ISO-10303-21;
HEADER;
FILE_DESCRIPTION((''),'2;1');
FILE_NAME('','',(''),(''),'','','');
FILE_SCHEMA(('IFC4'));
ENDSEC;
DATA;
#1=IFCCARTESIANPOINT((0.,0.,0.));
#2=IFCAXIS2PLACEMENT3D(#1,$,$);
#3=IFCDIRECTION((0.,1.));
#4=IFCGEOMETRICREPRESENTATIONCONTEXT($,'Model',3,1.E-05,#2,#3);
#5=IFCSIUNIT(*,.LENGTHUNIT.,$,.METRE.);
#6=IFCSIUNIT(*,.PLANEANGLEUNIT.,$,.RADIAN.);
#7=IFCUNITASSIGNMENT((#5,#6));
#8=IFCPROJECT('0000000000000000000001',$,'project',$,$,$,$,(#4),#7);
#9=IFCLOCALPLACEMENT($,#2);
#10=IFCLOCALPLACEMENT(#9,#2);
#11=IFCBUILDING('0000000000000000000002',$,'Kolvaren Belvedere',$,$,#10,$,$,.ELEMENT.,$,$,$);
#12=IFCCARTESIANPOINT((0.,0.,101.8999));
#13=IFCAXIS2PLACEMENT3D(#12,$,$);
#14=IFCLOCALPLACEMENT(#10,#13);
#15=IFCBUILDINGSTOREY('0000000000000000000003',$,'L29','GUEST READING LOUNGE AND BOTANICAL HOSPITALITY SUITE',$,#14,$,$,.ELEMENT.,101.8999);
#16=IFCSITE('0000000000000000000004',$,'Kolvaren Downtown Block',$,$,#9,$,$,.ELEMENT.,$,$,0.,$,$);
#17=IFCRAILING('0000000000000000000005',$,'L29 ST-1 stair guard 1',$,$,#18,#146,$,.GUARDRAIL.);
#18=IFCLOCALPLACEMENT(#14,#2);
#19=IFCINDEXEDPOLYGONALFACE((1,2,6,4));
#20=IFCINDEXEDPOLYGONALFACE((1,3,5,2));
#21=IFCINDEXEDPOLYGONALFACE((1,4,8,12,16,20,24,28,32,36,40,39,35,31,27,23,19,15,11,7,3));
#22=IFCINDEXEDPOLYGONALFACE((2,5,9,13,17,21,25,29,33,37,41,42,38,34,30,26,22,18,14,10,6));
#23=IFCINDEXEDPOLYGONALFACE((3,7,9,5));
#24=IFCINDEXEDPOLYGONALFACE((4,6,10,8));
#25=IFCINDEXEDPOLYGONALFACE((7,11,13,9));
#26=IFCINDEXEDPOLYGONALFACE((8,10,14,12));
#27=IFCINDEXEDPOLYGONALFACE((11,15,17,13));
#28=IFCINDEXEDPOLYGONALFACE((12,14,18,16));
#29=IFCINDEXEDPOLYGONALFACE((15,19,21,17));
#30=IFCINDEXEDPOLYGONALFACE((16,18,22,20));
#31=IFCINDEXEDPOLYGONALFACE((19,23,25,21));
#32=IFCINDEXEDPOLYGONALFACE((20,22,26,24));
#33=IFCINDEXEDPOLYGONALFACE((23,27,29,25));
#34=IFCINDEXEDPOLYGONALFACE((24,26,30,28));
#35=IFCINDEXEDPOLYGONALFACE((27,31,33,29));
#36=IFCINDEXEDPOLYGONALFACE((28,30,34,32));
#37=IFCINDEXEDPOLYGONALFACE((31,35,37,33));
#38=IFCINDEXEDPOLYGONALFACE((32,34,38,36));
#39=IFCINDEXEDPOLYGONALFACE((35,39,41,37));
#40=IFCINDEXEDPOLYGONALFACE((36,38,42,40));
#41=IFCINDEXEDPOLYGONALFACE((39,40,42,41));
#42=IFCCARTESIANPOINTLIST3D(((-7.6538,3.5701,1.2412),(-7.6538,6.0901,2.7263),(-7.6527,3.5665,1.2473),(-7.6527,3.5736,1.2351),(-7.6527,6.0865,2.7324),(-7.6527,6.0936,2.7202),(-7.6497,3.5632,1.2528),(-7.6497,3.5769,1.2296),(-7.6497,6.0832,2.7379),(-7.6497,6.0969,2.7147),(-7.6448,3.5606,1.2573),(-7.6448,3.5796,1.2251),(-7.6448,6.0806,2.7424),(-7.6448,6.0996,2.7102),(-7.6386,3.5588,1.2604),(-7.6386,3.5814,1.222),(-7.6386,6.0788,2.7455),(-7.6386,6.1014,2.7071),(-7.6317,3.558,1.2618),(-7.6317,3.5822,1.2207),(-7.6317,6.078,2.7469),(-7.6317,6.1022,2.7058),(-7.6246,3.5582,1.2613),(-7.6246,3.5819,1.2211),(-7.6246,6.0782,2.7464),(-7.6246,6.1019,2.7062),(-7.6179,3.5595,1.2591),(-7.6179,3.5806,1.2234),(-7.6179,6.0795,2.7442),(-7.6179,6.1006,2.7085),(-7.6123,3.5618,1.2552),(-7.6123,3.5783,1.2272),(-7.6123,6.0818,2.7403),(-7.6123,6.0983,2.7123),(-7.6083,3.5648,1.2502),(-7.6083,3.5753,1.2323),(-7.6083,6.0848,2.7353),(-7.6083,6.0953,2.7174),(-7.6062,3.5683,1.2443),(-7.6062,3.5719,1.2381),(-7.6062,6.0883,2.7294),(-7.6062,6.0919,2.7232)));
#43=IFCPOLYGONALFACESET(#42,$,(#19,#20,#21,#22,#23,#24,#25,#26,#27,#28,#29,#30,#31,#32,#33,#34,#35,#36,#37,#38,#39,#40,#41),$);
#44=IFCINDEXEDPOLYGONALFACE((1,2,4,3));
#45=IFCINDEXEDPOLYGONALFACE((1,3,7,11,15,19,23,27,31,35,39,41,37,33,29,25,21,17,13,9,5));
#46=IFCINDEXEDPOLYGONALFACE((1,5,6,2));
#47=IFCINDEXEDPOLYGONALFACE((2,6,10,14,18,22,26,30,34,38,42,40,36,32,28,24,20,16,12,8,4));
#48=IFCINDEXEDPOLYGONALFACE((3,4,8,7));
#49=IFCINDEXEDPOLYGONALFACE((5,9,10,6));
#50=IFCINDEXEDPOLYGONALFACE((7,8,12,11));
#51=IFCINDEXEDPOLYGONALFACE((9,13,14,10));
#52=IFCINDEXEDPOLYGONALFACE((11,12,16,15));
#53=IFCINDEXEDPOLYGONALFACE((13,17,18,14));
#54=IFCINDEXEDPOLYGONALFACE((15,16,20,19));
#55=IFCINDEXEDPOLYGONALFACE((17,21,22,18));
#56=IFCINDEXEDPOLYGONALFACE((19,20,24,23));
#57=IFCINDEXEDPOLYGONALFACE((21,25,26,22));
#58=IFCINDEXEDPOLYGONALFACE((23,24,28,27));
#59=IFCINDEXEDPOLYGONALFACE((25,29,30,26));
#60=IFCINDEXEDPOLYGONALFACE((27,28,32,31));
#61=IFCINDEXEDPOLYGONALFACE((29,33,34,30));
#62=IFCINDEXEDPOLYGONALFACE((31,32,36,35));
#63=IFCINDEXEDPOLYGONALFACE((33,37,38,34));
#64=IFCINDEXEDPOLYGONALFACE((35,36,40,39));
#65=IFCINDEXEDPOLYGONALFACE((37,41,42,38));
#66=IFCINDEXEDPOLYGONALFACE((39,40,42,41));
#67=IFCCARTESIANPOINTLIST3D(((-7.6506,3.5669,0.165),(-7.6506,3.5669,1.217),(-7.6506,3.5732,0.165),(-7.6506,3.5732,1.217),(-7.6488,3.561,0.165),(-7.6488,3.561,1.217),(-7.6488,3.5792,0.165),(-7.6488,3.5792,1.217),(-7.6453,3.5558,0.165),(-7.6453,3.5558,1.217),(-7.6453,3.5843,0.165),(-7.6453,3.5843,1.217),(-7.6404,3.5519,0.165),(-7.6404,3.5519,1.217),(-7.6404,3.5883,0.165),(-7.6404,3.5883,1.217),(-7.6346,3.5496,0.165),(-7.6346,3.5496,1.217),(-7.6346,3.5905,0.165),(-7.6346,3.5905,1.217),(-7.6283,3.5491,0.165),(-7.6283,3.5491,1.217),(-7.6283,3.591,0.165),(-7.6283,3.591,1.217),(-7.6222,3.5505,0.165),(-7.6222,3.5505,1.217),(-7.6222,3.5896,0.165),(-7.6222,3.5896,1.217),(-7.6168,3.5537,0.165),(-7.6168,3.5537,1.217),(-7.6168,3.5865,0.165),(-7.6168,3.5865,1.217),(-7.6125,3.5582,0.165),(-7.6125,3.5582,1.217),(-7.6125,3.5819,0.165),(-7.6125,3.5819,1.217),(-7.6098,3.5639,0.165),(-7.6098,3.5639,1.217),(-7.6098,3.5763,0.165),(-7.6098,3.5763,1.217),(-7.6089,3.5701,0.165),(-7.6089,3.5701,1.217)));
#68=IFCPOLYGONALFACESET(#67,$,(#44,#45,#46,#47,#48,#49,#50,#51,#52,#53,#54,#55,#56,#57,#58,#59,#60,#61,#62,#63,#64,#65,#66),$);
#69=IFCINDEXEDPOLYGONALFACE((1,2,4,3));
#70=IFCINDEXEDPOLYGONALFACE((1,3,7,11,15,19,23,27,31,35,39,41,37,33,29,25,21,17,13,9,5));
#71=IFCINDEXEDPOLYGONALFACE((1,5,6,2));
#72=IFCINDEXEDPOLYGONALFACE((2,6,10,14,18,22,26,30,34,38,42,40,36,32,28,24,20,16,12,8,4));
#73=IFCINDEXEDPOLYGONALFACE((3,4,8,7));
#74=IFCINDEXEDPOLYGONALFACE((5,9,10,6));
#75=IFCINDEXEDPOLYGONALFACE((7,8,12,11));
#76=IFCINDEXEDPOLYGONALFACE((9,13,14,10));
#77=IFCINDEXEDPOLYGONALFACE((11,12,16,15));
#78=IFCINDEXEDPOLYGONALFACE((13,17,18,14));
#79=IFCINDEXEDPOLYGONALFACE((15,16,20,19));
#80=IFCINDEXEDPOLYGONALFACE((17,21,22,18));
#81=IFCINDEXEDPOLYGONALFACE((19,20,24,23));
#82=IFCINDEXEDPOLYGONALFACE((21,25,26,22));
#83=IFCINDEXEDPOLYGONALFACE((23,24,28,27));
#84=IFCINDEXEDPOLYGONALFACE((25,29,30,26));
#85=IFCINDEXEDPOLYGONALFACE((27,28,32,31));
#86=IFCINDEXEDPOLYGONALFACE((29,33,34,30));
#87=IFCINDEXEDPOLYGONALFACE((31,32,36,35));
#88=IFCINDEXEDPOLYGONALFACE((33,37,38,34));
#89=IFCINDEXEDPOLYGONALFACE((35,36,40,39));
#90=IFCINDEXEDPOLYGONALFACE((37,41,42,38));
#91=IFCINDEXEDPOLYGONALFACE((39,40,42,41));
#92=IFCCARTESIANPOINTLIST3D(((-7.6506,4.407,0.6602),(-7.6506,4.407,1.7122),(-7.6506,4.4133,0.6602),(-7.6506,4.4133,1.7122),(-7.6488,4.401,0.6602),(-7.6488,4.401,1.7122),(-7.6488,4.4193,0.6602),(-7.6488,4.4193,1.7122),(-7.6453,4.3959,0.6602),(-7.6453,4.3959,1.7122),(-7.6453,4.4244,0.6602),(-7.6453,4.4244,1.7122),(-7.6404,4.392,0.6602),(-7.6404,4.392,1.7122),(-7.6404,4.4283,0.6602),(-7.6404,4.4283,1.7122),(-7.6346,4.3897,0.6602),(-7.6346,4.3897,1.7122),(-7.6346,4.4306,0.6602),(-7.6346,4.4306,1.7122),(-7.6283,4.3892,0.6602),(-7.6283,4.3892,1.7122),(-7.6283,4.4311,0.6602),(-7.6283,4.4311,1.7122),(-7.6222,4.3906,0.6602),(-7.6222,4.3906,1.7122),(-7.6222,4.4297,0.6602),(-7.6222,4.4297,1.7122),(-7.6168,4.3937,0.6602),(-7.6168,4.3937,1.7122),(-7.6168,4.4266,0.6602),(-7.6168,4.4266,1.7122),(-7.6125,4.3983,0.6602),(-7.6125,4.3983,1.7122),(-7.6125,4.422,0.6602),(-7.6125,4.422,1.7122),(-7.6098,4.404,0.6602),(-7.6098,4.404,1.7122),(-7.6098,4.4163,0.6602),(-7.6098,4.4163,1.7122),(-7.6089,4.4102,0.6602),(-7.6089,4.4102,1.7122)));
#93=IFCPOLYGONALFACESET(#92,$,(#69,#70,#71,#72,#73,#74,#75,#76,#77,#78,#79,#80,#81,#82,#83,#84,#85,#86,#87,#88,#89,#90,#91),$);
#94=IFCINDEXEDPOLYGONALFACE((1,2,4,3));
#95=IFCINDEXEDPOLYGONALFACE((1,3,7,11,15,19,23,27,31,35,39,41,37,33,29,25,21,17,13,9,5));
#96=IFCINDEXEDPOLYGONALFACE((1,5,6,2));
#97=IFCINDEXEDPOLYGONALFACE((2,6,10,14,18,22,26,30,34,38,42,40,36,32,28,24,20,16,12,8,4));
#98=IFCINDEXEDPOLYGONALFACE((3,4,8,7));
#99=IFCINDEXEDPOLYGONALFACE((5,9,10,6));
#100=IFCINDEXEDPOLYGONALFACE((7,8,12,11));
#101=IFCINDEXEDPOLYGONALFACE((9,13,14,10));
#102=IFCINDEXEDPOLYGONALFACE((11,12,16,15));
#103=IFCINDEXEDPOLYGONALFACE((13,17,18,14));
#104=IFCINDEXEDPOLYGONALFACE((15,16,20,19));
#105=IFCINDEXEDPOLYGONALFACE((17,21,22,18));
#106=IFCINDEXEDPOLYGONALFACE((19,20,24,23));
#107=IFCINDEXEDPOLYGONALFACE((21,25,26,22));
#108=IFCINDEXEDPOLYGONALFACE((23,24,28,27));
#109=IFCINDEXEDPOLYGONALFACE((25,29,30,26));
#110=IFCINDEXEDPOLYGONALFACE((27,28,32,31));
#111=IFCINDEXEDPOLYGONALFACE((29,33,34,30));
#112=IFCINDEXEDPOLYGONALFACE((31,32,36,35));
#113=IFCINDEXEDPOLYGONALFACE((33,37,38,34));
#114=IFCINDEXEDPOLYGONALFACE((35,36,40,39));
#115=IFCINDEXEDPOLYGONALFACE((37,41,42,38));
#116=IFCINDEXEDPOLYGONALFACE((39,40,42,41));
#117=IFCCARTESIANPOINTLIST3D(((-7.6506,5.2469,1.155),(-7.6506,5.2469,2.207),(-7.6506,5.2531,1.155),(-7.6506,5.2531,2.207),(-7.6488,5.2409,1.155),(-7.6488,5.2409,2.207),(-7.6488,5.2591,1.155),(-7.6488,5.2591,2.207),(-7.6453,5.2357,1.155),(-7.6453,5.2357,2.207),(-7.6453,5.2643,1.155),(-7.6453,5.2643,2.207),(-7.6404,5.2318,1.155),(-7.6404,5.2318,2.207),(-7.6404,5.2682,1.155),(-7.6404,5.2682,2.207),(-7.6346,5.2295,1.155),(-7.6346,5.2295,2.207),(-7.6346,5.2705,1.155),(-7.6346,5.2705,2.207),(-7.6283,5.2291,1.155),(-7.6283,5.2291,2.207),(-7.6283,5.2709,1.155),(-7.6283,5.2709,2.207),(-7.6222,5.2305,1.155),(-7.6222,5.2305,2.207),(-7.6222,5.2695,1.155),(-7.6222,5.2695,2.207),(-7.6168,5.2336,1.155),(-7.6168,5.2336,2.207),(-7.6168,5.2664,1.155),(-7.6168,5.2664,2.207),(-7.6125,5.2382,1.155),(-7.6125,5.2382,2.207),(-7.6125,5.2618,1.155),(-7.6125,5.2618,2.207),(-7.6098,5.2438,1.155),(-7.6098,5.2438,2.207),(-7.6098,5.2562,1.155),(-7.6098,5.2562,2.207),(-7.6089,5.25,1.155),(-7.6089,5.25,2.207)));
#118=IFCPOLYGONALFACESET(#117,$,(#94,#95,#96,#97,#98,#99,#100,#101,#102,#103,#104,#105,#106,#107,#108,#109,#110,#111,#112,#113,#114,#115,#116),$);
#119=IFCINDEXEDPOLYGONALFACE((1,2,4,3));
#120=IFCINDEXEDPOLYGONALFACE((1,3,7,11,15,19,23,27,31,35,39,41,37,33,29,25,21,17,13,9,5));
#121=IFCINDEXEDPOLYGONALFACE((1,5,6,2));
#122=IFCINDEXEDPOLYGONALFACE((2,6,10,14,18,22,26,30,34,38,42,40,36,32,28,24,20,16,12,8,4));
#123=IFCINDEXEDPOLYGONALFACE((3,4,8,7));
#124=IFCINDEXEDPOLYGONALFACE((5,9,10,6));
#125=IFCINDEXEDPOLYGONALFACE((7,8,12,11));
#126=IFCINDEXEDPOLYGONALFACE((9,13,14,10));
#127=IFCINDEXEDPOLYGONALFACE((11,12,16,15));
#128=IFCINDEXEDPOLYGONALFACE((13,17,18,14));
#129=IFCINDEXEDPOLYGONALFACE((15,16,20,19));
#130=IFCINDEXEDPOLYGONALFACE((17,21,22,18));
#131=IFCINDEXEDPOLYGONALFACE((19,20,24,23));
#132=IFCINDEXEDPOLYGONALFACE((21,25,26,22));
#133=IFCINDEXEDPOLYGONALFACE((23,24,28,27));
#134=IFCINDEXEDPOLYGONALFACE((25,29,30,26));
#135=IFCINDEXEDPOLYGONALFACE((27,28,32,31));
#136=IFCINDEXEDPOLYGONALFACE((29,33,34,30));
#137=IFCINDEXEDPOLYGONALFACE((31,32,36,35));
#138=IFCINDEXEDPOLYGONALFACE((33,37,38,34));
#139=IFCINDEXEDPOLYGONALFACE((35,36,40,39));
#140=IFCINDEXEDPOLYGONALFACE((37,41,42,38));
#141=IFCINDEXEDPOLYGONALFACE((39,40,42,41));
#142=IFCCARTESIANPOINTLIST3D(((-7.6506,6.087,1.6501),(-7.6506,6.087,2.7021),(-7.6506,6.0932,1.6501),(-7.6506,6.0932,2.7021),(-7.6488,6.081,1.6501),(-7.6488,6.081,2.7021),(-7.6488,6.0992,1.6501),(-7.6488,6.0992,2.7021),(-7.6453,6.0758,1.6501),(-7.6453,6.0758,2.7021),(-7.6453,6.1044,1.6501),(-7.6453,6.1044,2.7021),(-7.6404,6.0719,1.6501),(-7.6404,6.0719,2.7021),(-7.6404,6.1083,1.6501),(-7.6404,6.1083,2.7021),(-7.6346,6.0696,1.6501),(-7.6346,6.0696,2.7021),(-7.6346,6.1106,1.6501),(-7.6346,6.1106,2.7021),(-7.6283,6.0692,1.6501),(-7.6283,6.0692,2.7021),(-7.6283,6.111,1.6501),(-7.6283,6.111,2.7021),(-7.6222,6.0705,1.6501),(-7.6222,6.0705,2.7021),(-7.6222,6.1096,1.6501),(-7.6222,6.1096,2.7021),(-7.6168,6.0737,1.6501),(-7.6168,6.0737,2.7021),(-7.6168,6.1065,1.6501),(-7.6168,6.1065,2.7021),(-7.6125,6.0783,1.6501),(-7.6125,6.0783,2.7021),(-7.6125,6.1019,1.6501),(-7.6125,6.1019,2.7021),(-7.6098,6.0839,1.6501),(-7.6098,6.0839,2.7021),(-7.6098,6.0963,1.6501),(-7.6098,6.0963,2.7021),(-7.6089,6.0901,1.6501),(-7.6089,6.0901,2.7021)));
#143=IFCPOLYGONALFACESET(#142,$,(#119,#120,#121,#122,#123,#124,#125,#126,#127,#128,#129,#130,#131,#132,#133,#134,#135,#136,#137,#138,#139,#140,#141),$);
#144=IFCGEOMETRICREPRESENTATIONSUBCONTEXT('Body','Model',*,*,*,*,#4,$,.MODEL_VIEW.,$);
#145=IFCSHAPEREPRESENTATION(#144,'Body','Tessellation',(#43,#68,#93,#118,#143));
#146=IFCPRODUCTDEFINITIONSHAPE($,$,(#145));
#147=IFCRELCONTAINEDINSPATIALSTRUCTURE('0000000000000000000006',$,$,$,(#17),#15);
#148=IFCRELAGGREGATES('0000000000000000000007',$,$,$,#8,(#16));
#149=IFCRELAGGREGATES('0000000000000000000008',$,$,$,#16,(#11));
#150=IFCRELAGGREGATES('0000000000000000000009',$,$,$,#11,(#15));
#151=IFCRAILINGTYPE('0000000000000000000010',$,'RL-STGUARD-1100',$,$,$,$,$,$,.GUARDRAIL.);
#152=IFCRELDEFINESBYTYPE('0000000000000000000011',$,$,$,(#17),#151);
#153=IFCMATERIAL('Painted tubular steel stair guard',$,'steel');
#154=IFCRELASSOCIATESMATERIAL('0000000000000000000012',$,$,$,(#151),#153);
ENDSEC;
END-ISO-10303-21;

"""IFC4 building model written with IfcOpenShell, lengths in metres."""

from ifc_helpers import new_model, si_unit, direction, frame, origin, origin_2d, place, context, subcontext, project, spatial, circle, extrude, material, type_object, element, save


model = new_model("IFC4")

# Units and contexts
model_context = context("Model", 3, precision=1e-05, world=origin(), true_north=direction((0.0, 1.0)))
body_context = subcontext(model_context, "Body", "Model", "MODEL_VIEW")
ifc_project = project(units=[si_unit("LENGTHUNIT", "METRE"), si_unit("PLANEANGLEUNIT", "RADIAN")], contexts=[model_context])

# Site, building, storey
site_placement = place(None, origin())
site = spatial("IfcSite", under=ifc_project, at=site_placement, Name="Kolvaren Downtown Block", CompositionType="ELEMENT", RefElevation=0.0)
building_placement = place(site_placement, origin())
building = spatial("IfcBuilding", under=site, at=building_placement, Name="Kolvaren Belvedere", CompositionType="ELEMENT")
storey_placement = place(building_placement, frame((0.0, 0.0, 101.8999)))
storey = spatial("IfcBuildingStorey", under=building, at=storey_placement, Name="L29", Description="GUEST READING LOUNGE AND BOTANICAL HOSPITALITY SUITE", CompositionType="ELEMENT", Elevation=101.8999)

# Railing
ifc_material_1 = material(Name="Painted tubular steel stair guard", Category="steel")
railing_type_1 = type_object("IfcRailingType", Name="RL-STGUARD-1100", PredefinedType="GUARDRAIL", material=ifc_material_1)
railing_1_placement = place(storey_placement, frame((-7.6299, 3.5701, 0.165)))
element("IfcRailing", 1, at=railing_1_placement, inside=storey, type_object=railing_type_1, Name="L29 ST-1 stair guard 1", PredefinedType="GUARDRAIL", context=body_context, shape_type="SweptSolid", body=[
    extrude(circle(Radius=0.0239, at=origin_2d()), frame((0.0, 0.0, 1.0762), z_axis=(0.0, 0.861524, 0.507717), x_axis=(-1.0, 0.0, 0.0)), (0.0, 0.0, 1.0), 2.925),
    extrude(circle(Radius=0.021, at=origin_2d()), origin(), (0.0, 0.0, 1.0), 1.052),
    extrude(circle(Radius=0.021, at=origin_2d()), frame((0.0, 0.8401, 0.4951)), (0.0, 0.0, 1.0), 1.052),
    extrude(circle(Radius=0.021, at=origin_2d()), frame((0.0, 1.6799, 0.99)), (0.0, 0.0, 1.0), 1.052),
    extrude(circle(Radius=0.021, at=origin_2d()), frame((0.0, 2.52, 1.4851)), (0.0, 0.0, 1.0), 1.052),
])

save(model, "model.ifc")
